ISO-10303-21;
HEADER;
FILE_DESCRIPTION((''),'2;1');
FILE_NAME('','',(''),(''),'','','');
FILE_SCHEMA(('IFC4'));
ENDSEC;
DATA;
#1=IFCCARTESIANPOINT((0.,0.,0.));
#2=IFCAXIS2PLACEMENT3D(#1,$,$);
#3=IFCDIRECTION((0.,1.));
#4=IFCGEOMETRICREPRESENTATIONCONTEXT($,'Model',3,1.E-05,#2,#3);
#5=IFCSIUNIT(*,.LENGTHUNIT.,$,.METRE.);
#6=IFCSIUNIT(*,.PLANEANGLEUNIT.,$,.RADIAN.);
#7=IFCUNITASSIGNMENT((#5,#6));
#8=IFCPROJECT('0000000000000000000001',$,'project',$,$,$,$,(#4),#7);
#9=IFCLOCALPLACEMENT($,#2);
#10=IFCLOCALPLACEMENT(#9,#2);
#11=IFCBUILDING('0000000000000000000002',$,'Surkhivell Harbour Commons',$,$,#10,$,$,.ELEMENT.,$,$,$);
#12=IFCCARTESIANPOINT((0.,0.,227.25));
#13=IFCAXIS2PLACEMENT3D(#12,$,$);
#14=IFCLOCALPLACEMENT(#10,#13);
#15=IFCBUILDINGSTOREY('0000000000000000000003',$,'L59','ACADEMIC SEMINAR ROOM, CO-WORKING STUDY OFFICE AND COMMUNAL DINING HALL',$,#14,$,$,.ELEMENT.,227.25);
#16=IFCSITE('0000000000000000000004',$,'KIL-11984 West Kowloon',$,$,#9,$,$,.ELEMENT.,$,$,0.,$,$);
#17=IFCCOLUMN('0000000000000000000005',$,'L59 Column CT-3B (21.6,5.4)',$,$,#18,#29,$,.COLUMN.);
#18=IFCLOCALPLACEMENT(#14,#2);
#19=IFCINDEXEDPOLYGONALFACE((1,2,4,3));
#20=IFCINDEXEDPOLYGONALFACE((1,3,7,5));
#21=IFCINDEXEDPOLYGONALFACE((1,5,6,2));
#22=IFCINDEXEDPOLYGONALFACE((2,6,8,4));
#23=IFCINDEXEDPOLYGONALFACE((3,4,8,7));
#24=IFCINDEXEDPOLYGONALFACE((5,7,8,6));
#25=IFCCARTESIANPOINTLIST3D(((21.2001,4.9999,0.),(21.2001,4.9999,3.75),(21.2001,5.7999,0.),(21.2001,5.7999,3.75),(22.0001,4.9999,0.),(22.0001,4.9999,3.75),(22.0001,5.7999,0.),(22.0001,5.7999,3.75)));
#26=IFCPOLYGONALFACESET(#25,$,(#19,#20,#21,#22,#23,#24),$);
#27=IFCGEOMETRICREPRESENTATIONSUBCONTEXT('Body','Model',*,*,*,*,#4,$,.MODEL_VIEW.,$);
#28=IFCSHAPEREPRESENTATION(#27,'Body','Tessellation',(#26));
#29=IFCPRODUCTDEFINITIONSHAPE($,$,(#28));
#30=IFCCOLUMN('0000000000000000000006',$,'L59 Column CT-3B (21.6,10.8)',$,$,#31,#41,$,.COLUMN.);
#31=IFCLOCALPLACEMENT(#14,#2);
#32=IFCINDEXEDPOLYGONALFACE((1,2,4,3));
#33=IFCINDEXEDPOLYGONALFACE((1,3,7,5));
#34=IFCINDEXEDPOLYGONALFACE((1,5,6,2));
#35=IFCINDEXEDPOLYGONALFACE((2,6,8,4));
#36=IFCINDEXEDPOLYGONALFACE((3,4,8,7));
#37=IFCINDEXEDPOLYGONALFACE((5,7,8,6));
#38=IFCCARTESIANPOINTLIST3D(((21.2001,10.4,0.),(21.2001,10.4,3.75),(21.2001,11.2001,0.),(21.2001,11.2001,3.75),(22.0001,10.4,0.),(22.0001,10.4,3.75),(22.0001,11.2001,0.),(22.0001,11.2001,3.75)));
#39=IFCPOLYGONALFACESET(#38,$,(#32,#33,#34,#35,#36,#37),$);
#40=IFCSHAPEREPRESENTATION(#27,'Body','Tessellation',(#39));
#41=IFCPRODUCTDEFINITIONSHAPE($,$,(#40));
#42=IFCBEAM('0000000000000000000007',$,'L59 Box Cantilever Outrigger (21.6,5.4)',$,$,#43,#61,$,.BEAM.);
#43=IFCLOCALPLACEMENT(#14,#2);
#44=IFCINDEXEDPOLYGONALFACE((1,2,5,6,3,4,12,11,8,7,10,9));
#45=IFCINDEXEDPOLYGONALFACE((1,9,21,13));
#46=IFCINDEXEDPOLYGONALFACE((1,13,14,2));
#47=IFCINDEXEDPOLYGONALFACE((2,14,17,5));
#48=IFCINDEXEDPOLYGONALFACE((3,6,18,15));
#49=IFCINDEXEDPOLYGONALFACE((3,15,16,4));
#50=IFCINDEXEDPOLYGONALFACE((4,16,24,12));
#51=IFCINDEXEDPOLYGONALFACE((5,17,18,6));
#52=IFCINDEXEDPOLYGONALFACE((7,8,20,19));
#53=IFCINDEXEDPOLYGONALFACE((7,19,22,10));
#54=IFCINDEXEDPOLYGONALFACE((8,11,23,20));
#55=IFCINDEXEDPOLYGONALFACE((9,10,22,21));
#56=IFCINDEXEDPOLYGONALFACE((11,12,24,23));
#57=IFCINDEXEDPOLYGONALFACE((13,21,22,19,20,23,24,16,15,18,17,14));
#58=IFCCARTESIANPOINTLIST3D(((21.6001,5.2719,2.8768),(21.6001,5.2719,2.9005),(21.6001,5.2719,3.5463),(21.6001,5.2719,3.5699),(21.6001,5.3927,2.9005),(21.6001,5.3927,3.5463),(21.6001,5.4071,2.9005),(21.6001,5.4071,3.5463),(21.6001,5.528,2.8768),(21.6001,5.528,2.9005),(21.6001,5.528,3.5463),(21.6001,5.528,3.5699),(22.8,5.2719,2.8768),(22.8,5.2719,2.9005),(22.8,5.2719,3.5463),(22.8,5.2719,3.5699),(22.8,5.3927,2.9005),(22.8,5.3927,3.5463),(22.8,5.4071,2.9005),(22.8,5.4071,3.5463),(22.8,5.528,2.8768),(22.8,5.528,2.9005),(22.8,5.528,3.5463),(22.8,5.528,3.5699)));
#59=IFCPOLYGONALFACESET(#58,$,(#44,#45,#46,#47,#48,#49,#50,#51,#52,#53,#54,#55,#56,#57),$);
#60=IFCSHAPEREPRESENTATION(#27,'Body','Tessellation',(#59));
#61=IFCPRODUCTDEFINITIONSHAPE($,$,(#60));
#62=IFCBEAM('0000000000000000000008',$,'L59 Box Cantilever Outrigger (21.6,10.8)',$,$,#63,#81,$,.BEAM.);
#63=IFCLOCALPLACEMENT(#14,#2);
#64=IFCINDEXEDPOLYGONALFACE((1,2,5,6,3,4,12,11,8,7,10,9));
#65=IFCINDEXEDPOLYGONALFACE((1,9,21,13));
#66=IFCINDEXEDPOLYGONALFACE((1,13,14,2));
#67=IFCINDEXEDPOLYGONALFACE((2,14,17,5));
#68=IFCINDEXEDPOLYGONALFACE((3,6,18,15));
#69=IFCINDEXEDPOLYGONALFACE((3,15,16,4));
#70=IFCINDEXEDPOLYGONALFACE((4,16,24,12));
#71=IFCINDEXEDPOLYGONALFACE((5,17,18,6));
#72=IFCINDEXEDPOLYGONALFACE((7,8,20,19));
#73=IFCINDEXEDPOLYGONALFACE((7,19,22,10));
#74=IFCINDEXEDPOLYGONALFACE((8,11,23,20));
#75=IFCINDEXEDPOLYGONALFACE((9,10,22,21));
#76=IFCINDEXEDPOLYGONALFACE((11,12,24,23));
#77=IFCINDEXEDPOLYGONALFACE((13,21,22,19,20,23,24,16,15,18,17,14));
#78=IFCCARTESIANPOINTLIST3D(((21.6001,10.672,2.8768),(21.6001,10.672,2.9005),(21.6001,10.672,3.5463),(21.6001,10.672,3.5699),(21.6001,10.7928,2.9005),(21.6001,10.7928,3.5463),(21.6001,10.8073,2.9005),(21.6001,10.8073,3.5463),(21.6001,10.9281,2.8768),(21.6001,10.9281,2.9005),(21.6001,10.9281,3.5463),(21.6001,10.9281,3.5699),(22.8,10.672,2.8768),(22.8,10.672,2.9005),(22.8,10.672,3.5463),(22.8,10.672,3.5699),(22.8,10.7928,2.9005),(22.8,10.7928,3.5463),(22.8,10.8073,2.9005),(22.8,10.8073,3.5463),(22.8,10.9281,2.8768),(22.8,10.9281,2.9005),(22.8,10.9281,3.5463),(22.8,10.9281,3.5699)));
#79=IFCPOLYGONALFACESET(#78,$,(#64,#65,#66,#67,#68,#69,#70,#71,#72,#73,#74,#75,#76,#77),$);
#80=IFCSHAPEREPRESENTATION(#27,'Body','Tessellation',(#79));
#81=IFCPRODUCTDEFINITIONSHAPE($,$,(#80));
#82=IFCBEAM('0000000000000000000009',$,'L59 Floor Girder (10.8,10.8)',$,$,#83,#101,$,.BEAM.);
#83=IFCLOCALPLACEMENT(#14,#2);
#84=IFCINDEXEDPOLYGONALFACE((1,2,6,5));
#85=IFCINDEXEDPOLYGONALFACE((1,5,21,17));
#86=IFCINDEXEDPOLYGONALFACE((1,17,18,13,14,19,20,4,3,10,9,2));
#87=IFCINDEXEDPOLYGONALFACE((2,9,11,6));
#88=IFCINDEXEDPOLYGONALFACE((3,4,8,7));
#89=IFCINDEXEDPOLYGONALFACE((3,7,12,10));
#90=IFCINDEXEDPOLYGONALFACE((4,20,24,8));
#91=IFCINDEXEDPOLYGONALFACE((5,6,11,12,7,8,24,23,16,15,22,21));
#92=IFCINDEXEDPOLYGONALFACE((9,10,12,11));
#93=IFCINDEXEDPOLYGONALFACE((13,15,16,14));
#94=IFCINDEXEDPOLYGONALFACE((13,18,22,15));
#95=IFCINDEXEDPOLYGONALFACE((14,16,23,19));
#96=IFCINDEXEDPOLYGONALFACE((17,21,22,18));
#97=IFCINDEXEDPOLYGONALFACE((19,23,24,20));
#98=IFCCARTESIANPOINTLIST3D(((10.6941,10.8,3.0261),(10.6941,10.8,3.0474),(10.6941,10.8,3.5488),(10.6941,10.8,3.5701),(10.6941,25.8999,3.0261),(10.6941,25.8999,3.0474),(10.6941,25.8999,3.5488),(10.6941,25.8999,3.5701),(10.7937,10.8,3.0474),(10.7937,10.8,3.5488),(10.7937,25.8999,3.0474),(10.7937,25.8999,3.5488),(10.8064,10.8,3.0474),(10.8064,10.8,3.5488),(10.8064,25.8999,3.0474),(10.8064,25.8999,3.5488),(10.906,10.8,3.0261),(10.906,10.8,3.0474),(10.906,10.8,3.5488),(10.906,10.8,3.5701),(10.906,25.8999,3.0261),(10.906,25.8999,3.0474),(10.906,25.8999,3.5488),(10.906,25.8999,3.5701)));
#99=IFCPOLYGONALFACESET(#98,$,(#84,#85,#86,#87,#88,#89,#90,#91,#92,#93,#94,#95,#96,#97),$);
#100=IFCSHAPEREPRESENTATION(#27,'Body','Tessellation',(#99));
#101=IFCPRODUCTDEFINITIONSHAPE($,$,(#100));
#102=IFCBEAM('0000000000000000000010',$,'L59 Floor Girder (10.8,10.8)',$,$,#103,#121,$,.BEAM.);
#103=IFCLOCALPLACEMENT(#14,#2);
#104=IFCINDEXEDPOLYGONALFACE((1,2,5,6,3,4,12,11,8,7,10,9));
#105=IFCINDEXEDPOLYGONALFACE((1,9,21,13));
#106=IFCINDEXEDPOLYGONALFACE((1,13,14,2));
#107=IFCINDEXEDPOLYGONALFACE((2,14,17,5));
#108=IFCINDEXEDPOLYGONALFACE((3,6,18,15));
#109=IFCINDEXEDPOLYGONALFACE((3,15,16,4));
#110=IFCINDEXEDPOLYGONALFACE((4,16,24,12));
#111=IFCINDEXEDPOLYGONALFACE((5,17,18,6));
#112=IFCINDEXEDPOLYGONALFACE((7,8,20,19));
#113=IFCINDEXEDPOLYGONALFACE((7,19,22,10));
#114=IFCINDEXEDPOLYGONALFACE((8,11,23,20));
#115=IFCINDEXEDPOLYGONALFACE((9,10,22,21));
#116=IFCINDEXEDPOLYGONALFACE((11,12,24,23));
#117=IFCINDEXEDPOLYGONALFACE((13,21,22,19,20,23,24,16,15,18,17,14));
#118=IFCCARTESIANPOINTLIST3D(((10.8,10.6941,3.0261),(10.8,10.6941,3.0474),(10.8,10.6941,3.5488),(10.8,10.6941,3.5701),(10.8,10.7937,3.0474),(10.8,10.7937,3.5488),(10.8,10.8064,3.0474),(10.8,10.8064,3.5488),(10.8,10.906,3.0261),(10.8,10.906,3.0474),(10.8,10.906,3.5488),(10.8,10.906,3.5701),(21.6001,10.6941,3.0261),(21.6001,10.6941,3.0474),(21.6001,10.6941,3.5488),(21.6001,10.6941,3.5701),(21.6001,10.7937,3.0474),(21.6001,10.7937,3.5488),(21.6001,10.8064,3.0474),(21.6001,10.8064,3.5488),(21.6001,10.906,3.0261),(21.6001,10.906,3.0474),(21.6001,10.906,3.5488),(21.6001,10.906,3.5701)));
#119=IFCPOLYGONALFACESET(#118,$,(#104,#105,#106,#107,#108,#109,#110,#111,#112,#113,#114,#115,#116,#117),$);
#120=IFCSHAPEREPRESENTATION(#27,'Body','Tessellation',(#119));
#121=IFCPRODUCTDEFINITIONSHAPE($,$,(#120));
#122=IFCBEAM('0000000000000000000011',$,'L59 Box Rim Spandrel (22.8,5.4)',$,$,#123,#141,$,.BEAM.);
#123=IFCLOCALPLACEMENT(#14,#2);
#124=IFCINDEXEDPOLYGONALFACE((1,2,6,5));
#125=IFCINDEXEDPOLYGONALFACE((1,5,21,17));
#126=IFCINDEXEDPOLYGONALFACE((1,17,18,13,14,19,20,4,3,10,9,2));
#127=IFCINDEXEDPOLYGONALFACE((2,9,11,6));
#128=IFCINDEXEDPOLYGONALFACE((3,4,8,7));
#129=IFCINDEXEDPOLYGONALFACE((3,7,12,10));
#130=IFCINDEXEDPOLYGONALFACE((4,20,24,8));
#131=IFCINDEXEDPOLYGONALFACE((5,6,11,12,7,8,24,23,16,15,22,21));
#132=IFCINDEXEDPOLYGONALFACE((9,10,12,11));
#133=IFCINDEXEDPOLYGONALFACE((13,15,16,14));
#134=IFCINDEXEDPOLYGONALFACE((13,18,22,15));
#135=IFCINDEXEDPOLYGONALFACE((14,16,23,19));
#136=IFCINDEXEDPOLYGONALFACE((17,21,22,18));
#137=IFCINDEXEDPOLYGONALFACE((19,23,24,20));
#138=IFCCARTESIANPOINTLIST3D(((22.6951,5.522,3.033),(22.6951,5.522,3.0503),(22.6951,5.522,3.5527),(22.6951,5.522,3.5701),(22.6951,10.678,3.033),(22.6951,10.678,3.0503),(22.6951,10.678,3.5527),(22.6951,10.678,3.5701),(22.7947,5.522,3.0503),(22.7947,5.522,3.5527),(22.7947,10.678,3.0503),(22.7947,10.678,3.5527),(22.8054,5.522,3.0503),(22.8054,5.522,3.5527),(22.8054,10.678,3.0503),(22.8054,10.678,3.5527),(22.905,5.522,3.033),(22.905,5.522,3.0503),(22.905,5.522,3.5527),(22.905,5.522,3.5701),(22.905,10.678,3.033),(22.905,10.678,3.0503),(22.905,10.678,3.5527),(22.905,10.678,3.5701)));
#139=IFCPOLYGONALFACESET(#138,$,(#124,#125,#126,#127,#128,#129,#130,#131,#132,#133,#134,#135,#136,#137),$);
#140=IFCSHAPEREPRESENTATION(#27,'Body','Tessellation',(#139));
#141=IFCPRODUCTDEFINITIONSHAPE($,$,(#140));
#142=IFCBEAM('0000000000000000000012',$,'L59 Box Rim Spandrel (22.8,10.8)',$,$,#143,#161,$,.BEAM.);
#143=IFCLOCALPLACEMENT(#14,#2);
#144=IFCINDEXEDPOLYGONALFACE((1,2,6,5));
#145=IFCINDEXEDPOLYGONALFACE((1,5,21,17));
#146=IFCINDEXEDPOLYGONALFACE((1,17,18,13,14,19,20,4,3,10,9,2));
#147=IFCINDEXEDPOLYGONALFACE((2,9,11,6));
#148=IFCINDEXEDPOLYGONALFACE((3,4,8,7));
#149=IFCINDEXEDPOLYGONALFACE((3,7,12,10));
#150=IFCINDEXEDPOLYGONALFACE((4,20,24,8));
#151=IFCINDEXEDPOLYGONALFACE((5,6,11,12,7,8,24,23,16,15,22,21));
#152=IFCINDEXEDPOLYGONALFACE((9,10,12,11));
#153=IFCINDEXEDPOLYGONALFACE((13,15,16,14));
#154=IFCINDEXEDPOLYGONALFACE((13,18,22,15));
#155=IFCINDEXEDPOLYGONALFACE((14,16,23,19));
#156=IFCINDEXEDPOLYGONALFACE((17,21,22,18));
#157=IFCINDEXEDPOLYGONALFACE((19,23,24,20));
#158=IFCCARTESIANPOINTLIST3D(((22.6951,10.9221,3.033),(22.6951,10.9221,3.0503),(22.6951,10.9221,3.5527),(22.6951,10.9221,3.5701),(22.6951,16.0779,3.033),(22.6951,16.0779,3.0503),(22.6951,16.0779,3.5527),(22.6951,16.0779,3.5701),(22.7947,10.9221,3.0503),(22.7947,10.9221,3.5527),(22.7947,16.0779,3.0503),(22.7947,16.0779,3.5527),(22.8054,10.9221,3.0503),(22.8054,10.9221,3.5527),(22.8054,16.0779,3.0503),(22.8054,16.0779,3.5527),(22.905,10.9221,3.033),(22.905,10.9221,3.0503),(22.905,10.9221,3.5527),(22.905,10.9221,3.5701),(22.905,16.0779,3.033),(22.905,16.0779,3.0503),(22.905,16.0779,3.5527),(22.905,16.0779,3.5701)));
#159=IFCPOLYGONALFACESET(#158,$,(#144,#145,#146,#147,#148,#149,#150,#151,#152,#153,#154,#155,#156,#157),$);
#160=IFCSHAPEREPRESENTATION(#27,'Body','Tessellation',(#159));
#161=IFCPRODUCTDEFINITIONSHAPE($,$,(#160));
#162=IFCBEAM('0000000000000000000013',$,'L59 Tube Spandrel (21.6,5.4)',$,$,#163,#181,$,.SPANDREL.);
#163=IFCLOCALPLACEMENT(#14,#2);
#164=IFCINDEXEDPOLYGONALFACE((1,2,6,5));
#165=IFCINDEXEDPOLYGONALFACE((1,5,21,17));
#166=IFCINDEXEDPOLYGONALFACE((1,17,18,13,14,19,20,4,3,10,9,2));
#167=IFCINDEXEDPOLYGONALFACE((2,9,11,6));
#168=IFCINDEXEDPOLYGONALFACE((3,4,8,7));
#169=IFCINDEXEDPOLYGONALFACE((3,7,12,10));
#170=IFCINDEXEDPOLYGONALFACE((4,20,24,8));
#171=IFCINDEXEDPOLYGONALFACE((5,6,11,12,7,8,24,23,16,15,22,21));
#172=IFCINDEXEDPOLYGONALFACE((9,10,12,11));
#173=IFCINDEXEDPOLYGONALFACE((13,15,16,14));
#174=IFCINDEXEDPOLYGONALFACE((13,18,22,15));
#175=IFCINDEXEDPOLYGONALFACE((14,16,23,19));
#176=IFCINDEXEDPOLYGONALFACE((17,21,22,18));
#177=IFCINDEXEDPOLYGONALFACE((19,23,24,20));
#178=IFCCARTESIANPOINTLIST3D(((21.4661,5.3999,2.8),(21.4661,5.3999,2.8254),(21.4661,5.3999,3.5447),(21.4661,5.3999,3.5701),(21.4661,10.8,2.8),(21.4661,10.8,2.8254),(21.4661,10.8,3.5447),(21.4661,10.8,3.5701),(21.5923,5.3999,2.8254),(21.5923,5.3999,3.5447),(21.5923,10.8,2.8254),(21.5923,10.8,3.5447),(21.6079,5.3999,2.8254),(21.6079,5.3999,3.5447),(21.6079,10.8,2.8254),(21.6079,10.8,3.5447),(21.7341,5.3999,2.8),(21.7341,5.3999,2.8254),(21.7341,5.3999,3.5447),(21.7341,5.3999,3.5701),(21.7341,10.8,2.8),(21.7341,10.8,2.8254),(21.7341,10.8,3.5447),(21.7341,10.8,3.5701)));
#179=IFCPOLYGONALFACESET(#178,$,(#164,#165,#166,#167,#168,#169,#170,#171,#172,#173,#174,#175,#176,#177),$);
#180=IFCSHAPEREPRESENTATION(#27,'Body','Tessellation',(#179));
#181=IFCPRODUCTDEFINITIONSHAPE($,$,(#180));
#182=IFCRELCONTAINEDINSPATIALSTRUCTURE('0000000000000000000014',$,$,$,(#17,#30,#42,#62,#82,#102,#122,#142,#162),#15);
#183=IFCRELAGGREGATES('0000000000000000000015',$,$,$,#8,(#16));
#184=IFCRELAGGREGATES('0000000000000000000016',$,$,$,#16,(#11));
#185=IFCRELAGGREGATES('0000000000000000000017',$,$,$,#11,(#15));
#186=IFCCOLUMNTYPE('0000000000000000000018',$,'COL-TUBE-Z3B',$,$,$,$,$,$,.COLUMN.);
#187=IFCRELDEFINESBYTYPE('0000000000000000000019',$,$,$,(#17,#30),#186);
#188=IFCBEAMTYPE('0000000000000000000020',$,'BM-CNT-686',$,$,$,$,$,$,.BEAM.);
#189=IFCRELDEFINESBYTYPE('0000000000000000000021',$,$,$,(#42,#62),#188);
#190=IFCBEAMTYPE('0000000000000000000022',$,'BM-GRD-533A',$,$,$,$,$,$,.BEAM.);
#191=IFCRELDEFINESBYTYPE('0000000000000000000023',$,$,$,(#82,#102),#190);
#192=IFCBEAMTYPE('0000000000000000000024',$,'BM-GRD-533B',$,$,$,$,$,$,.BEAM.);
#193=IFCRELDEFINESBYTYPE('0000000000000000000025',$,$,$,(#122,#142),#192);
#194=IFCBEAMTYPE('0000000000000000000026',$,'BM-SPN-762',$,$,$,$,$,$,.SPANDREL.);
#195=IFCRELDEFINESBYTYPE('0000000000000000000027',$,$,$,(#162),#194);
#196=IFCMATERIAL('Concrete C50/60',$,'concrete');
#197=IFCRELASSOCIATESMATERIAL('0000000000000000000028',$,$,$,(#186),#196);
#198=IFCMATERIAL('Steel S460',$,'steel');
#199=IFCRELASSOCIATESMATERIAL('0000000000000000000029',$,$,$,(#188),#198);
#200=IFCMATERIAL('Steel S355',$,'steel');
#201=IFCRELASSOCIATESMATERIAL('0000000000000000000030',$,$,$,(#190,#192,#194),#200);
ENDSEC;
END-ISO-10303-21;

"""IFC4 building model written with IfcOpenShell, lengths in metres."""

from ifc_helpers import new_model, si_unit, direction, frame, origin, origin_2d, place, context, subcontext, project, spatial, rectangle, i_section, extrude, material, material_profile, profile_set, type_object, element, save


model = new_model("IFC4")

# Units and contexts
model_context = context("Model", 3, precision=1e-05, world=origin(), true_north=direction((0.0, 1.0)))
body_context = subcontext(model_context, "Body", "Model", "MODEL_VIEW")
ifc_project = project(units=[si_unit("LENGTHUNIT", "METRE"), si_unit("PLANEANGLEUNIT", "RADIAN")], contexts=[model_context])

# Site, building, storey
site_placement = place(None, origin())
site = spatial("IfcSite", under=ifc_project, at=site_placement, Name="KIL-11984 West Kowloon", CompositionType="ELEMENT", RefElevation=0.0)
building_placement = place(site_placement, origin())
building = spatial("IfcBuilding", under=site, at=building_placement, Name="Surkhivell Harbour Commons", CompositionType="ELEMENT")
storey_placement = place(building_placement, frame((0.0, 0.0, 227.25)))
storey = spatial("IfcBuildingStorey", under=building, at=storey_placement, Name="L59", Description="ACADEMIC SEMINAR ROOM, CO-WORKING STUDY OFFICE AND COMMUNAL DINING HALL", CompositionType="ELEMENT", Elevation=227.25)

# Columns
ifc_material_1 = material(Name="Concrete C50/60", Category="concrete")
ifc_material_profile_1 = material_profile(ifc_material_1, rectangle(XDim=0.8, YDim=0.8, at=origin_2d()), Name="RC-COL-800x800")
ifc_profile_set_1 = profile_set([ifc_material_profile_1], Name="Concrete C50/60")
column_type = type_object("IfcColumnType", Name="COL-TUBE-Z3B", PredefinedType="COLUMN", material=ifc_profile_set_1)
for number, where, z_axis, x_axis, name in (
    (1, (21.6001, 5.3999, 0.0), (0.0, 0.0, 1.0), (1.0, 0.0, 0.0), "L59 Column CT-3B (21.6,5.4)"),
    (2, (21.6001, 10.8, 0.0), (0.0, 0.0, 1.0), (1.0, 0.0, 0.0), "L59 Column CT-3B (21.6,10.8)"),
):
    element("IfcColumn", number, at=place(storey_placement, frame(where, z_axis=z_axis, x_axis=x_axis)), inside=storey, type_object=column_type, Name=name, PredefinedType="COLUMN", context=body_context, shape_type="SweptSolid", body=[
        extrude(rectangle(XDim=0.8, YDim=0.8, at=origin_2d()), origin(), (0.0, 0.0, 1.0), 3.75),
    ])

# Beams
ifc_material_2 = material(Name="Steel S460", Category="steel")
ifc_material_profile_2 = material_profile(ifc_material_2, i_section(OverallWidth=0.2561, OverallDepth=0.6931, WebThickness=0.0144, FlangeThickness=0.0237, at=origin_2d()), Name="UB686x254x170")
ifc_profile_set_2 = profile_set([ifc_material_profile_2], Name="Steel S460")
beam_type_1 = type_object("IfcBeamType", Name="BM-CNT-686", PredefinedType="BEAM", material=ifc_profile_set_2)
for number, where, z_axis, x_axis, name in (
    (3, (21.6001, 5.3999, 3.2234), (1.0, 0.0, 0.0), (0.0, 1.0, 0.0), "L59 Box Cantilever Outrigger (21.6,5.4)"),
    (4, (21.6001, 10.8, 3.2234), (1.0, 0.0, 0.0), (0.0, 1.0, 0.0), "L59 Box Cantilever Outrigger (21.6,10.8)"),
):
    element("IfcBeam", number, at=place(storey_placement, frame(where, z_axis=z_axis, x_axis=x_axis)), inside=storey, type_object=beam_type_1, Name=name, PredefinedType="BEAM", context=body_context, shape_type="SweptSolid", body=[
        extrude(i_section(OverallWidth=0.2561, OverallDepth=0.6931, WebThickness=0.0144, FlangeThickness=0.0237, at=origin_2d()), origin(), (0.0, 0.0, 1.0), 1.2),
    ])
ifc_material_3 = material(Name="Steel S355", Category="steel")
ifc_material_profile_3 = material_profile(ifc_material_3, i_section(OverallWidth=0.2119, OverallDepth=0.5439, WebThickness=0.0127, FlangeThickness=0.0212, at=origin_2d()), Name="UB533x210x122")
ifc_profile_set_3 = profile_set([ifc_material_profile_3], Name="Steel S355")
beam_type_2 = type_object("IfcBeamType", Name="BM-GRD-533A", PredefinedType="BEAM", material=ifc_profile_set_3)
beam_1_placement = place(storey_placement, frame((10.8, 10.8, 3.2981), z_axis=(0.0, 1.0, 0.0), x_axis=(-1.0, 0.0, 0.0)))
element("IfcBeam", 5, at=beam_1_placement, inside=storey, type_object=beam_type_2, Name="L59 Floor Girder (10.8,10.8)", PredefinedType="BEAM", context=body_context, shape_type="SweptSolid", body=[
    extrude(i_section(OverallWidth=0.2119, OverallDepth=0.5439, WebThickness=0.0127, FlangeThickness=0.0212, at=origin_2d()), origin(), (0.0, 0.0, 1.0), 15.0999),
])
beam_2_placement = place(storey_placement, frame((10.8, 10.8, 3.2981), z_axis=(1.0, 0.0, 0.0), x_axis=(0.0, 1.0, 0.0)))
element("IfcBeam", 6, at=beam_2_placement, inside=storey, type_object=beam_type_2, Name="L59 Floor Girder (10.8,10.8)", PredefinedType="BEAM", context=body_context, shape_type="SweptSolid", body=[
    extrude(i_section(OverallWidth=0.2119, OverallDepth=0.5439, WebThickness=0.0127, FlangeThickness=0.0212, at=origin_2d()), origin(), (0.0, 0.0, 1.0), 10.8),
])
ifc_material_profile_4 = material_profile(ifc_material_3, i_section(OverallWidth=0.21, OverallDepth=0.5371, WebThickness=0.0107, FlangeThickness=0.0173, at=origin_2d()), Name="UB533x210x101")
ifc_profile_set_4 = profile_set([ifc_material_profile_4], Name="Steel S355")
beam_type_3 = type_object("IfcBeamType", Name="BM-GRD-533B", PredefinedType="BEAM", material=ifc_profile_set_4)
beam_3_placement = place(storey_placement, frame((22.8, 5.522, 3.3015), z_axis=(0.0, 1.0, 0.0), x_axis=(-1.0, 0.0, 0.0)))
element("IfcBeam", 7, at=beam_3_placement, inside=storey, type_object=beam_type_3, Name="L59 Box Rim Spandrel (22.8,5.4)", PredefinedType="BEAM", context=body_context, shape_type="SweptSolid", body=[
    extrude(i_section(OverallWidth=0.21, OverallDepth=0.5371, WebThickness=0.0107, FlangeThickness=0.0173, at=origin_2d()), origin(), (0.0, 0.0, 1.0), 5.156),
])
beam_4_placement = place(storey_placement, frame((22.8, 10.9221, 3.3015), z_axis=(0.0, 1.0, 0.0), x_axis=(-1.0, 0.0, 0.0)))
element("IfcBeam", 8, at=beam_4_placement, inside=storey, type_object=beam_type_3, Name="L59 Box Rim Spandrel (22.8,10.8)", PredefinedType="BEAM", context=body_context, shape_type="SweptSolid", body=[
    extrude(i_section(OverallWidth=0.21, OverallDepth=0.5371, WebThickness=0.0107, FlangeThickness=0.0173, at=origin_2d()), origin(), (0.0, 0.0, 1.0), 5.1558),
])
ifc_material_profile_5 = material_profile(ifc_material_3, i_section(OverallWidth=0.2681, OverallDepth=0.77, WebThickness=0.0156, FlangeThickness=0.0254, at=origin_2d()), Name="UB762x267x197")
ifc_profile_set_5 = profile_set([ifc_material_profile_5], Name="Steel S355")
beam_type_4 = type_object("IfcBeamType", Name="BM-SPN-762", PredefinedType="SPANDREL", material=ifc_profile_set_5)
beam_5_placement = place(storey_placement, frame((21.6001, 5.3999, 3.1851), z_axis=(0.0, 1.0, 0.0), x_axis=(-1.0, 0.0, 0.0)))
element("IfcBeam", 9, at=beam_5_placement, inside=storey, type_object=beam_type_4, Name="L59 Tube Spandrel (21.6,5.4)", PredefinedType="SPANDREL", context=body_context, shape_type="SweptSolid", body=[
    extrude(i_section(OverallWidth=0.2681, OverallDepth=0.77, WebThickness=0.0156, FlangeThickness=0.0254, at=origin_2d()), origin(), (0.0, 0.0, 1.0), 5.4001),
])

save(model, "model.ifc")
